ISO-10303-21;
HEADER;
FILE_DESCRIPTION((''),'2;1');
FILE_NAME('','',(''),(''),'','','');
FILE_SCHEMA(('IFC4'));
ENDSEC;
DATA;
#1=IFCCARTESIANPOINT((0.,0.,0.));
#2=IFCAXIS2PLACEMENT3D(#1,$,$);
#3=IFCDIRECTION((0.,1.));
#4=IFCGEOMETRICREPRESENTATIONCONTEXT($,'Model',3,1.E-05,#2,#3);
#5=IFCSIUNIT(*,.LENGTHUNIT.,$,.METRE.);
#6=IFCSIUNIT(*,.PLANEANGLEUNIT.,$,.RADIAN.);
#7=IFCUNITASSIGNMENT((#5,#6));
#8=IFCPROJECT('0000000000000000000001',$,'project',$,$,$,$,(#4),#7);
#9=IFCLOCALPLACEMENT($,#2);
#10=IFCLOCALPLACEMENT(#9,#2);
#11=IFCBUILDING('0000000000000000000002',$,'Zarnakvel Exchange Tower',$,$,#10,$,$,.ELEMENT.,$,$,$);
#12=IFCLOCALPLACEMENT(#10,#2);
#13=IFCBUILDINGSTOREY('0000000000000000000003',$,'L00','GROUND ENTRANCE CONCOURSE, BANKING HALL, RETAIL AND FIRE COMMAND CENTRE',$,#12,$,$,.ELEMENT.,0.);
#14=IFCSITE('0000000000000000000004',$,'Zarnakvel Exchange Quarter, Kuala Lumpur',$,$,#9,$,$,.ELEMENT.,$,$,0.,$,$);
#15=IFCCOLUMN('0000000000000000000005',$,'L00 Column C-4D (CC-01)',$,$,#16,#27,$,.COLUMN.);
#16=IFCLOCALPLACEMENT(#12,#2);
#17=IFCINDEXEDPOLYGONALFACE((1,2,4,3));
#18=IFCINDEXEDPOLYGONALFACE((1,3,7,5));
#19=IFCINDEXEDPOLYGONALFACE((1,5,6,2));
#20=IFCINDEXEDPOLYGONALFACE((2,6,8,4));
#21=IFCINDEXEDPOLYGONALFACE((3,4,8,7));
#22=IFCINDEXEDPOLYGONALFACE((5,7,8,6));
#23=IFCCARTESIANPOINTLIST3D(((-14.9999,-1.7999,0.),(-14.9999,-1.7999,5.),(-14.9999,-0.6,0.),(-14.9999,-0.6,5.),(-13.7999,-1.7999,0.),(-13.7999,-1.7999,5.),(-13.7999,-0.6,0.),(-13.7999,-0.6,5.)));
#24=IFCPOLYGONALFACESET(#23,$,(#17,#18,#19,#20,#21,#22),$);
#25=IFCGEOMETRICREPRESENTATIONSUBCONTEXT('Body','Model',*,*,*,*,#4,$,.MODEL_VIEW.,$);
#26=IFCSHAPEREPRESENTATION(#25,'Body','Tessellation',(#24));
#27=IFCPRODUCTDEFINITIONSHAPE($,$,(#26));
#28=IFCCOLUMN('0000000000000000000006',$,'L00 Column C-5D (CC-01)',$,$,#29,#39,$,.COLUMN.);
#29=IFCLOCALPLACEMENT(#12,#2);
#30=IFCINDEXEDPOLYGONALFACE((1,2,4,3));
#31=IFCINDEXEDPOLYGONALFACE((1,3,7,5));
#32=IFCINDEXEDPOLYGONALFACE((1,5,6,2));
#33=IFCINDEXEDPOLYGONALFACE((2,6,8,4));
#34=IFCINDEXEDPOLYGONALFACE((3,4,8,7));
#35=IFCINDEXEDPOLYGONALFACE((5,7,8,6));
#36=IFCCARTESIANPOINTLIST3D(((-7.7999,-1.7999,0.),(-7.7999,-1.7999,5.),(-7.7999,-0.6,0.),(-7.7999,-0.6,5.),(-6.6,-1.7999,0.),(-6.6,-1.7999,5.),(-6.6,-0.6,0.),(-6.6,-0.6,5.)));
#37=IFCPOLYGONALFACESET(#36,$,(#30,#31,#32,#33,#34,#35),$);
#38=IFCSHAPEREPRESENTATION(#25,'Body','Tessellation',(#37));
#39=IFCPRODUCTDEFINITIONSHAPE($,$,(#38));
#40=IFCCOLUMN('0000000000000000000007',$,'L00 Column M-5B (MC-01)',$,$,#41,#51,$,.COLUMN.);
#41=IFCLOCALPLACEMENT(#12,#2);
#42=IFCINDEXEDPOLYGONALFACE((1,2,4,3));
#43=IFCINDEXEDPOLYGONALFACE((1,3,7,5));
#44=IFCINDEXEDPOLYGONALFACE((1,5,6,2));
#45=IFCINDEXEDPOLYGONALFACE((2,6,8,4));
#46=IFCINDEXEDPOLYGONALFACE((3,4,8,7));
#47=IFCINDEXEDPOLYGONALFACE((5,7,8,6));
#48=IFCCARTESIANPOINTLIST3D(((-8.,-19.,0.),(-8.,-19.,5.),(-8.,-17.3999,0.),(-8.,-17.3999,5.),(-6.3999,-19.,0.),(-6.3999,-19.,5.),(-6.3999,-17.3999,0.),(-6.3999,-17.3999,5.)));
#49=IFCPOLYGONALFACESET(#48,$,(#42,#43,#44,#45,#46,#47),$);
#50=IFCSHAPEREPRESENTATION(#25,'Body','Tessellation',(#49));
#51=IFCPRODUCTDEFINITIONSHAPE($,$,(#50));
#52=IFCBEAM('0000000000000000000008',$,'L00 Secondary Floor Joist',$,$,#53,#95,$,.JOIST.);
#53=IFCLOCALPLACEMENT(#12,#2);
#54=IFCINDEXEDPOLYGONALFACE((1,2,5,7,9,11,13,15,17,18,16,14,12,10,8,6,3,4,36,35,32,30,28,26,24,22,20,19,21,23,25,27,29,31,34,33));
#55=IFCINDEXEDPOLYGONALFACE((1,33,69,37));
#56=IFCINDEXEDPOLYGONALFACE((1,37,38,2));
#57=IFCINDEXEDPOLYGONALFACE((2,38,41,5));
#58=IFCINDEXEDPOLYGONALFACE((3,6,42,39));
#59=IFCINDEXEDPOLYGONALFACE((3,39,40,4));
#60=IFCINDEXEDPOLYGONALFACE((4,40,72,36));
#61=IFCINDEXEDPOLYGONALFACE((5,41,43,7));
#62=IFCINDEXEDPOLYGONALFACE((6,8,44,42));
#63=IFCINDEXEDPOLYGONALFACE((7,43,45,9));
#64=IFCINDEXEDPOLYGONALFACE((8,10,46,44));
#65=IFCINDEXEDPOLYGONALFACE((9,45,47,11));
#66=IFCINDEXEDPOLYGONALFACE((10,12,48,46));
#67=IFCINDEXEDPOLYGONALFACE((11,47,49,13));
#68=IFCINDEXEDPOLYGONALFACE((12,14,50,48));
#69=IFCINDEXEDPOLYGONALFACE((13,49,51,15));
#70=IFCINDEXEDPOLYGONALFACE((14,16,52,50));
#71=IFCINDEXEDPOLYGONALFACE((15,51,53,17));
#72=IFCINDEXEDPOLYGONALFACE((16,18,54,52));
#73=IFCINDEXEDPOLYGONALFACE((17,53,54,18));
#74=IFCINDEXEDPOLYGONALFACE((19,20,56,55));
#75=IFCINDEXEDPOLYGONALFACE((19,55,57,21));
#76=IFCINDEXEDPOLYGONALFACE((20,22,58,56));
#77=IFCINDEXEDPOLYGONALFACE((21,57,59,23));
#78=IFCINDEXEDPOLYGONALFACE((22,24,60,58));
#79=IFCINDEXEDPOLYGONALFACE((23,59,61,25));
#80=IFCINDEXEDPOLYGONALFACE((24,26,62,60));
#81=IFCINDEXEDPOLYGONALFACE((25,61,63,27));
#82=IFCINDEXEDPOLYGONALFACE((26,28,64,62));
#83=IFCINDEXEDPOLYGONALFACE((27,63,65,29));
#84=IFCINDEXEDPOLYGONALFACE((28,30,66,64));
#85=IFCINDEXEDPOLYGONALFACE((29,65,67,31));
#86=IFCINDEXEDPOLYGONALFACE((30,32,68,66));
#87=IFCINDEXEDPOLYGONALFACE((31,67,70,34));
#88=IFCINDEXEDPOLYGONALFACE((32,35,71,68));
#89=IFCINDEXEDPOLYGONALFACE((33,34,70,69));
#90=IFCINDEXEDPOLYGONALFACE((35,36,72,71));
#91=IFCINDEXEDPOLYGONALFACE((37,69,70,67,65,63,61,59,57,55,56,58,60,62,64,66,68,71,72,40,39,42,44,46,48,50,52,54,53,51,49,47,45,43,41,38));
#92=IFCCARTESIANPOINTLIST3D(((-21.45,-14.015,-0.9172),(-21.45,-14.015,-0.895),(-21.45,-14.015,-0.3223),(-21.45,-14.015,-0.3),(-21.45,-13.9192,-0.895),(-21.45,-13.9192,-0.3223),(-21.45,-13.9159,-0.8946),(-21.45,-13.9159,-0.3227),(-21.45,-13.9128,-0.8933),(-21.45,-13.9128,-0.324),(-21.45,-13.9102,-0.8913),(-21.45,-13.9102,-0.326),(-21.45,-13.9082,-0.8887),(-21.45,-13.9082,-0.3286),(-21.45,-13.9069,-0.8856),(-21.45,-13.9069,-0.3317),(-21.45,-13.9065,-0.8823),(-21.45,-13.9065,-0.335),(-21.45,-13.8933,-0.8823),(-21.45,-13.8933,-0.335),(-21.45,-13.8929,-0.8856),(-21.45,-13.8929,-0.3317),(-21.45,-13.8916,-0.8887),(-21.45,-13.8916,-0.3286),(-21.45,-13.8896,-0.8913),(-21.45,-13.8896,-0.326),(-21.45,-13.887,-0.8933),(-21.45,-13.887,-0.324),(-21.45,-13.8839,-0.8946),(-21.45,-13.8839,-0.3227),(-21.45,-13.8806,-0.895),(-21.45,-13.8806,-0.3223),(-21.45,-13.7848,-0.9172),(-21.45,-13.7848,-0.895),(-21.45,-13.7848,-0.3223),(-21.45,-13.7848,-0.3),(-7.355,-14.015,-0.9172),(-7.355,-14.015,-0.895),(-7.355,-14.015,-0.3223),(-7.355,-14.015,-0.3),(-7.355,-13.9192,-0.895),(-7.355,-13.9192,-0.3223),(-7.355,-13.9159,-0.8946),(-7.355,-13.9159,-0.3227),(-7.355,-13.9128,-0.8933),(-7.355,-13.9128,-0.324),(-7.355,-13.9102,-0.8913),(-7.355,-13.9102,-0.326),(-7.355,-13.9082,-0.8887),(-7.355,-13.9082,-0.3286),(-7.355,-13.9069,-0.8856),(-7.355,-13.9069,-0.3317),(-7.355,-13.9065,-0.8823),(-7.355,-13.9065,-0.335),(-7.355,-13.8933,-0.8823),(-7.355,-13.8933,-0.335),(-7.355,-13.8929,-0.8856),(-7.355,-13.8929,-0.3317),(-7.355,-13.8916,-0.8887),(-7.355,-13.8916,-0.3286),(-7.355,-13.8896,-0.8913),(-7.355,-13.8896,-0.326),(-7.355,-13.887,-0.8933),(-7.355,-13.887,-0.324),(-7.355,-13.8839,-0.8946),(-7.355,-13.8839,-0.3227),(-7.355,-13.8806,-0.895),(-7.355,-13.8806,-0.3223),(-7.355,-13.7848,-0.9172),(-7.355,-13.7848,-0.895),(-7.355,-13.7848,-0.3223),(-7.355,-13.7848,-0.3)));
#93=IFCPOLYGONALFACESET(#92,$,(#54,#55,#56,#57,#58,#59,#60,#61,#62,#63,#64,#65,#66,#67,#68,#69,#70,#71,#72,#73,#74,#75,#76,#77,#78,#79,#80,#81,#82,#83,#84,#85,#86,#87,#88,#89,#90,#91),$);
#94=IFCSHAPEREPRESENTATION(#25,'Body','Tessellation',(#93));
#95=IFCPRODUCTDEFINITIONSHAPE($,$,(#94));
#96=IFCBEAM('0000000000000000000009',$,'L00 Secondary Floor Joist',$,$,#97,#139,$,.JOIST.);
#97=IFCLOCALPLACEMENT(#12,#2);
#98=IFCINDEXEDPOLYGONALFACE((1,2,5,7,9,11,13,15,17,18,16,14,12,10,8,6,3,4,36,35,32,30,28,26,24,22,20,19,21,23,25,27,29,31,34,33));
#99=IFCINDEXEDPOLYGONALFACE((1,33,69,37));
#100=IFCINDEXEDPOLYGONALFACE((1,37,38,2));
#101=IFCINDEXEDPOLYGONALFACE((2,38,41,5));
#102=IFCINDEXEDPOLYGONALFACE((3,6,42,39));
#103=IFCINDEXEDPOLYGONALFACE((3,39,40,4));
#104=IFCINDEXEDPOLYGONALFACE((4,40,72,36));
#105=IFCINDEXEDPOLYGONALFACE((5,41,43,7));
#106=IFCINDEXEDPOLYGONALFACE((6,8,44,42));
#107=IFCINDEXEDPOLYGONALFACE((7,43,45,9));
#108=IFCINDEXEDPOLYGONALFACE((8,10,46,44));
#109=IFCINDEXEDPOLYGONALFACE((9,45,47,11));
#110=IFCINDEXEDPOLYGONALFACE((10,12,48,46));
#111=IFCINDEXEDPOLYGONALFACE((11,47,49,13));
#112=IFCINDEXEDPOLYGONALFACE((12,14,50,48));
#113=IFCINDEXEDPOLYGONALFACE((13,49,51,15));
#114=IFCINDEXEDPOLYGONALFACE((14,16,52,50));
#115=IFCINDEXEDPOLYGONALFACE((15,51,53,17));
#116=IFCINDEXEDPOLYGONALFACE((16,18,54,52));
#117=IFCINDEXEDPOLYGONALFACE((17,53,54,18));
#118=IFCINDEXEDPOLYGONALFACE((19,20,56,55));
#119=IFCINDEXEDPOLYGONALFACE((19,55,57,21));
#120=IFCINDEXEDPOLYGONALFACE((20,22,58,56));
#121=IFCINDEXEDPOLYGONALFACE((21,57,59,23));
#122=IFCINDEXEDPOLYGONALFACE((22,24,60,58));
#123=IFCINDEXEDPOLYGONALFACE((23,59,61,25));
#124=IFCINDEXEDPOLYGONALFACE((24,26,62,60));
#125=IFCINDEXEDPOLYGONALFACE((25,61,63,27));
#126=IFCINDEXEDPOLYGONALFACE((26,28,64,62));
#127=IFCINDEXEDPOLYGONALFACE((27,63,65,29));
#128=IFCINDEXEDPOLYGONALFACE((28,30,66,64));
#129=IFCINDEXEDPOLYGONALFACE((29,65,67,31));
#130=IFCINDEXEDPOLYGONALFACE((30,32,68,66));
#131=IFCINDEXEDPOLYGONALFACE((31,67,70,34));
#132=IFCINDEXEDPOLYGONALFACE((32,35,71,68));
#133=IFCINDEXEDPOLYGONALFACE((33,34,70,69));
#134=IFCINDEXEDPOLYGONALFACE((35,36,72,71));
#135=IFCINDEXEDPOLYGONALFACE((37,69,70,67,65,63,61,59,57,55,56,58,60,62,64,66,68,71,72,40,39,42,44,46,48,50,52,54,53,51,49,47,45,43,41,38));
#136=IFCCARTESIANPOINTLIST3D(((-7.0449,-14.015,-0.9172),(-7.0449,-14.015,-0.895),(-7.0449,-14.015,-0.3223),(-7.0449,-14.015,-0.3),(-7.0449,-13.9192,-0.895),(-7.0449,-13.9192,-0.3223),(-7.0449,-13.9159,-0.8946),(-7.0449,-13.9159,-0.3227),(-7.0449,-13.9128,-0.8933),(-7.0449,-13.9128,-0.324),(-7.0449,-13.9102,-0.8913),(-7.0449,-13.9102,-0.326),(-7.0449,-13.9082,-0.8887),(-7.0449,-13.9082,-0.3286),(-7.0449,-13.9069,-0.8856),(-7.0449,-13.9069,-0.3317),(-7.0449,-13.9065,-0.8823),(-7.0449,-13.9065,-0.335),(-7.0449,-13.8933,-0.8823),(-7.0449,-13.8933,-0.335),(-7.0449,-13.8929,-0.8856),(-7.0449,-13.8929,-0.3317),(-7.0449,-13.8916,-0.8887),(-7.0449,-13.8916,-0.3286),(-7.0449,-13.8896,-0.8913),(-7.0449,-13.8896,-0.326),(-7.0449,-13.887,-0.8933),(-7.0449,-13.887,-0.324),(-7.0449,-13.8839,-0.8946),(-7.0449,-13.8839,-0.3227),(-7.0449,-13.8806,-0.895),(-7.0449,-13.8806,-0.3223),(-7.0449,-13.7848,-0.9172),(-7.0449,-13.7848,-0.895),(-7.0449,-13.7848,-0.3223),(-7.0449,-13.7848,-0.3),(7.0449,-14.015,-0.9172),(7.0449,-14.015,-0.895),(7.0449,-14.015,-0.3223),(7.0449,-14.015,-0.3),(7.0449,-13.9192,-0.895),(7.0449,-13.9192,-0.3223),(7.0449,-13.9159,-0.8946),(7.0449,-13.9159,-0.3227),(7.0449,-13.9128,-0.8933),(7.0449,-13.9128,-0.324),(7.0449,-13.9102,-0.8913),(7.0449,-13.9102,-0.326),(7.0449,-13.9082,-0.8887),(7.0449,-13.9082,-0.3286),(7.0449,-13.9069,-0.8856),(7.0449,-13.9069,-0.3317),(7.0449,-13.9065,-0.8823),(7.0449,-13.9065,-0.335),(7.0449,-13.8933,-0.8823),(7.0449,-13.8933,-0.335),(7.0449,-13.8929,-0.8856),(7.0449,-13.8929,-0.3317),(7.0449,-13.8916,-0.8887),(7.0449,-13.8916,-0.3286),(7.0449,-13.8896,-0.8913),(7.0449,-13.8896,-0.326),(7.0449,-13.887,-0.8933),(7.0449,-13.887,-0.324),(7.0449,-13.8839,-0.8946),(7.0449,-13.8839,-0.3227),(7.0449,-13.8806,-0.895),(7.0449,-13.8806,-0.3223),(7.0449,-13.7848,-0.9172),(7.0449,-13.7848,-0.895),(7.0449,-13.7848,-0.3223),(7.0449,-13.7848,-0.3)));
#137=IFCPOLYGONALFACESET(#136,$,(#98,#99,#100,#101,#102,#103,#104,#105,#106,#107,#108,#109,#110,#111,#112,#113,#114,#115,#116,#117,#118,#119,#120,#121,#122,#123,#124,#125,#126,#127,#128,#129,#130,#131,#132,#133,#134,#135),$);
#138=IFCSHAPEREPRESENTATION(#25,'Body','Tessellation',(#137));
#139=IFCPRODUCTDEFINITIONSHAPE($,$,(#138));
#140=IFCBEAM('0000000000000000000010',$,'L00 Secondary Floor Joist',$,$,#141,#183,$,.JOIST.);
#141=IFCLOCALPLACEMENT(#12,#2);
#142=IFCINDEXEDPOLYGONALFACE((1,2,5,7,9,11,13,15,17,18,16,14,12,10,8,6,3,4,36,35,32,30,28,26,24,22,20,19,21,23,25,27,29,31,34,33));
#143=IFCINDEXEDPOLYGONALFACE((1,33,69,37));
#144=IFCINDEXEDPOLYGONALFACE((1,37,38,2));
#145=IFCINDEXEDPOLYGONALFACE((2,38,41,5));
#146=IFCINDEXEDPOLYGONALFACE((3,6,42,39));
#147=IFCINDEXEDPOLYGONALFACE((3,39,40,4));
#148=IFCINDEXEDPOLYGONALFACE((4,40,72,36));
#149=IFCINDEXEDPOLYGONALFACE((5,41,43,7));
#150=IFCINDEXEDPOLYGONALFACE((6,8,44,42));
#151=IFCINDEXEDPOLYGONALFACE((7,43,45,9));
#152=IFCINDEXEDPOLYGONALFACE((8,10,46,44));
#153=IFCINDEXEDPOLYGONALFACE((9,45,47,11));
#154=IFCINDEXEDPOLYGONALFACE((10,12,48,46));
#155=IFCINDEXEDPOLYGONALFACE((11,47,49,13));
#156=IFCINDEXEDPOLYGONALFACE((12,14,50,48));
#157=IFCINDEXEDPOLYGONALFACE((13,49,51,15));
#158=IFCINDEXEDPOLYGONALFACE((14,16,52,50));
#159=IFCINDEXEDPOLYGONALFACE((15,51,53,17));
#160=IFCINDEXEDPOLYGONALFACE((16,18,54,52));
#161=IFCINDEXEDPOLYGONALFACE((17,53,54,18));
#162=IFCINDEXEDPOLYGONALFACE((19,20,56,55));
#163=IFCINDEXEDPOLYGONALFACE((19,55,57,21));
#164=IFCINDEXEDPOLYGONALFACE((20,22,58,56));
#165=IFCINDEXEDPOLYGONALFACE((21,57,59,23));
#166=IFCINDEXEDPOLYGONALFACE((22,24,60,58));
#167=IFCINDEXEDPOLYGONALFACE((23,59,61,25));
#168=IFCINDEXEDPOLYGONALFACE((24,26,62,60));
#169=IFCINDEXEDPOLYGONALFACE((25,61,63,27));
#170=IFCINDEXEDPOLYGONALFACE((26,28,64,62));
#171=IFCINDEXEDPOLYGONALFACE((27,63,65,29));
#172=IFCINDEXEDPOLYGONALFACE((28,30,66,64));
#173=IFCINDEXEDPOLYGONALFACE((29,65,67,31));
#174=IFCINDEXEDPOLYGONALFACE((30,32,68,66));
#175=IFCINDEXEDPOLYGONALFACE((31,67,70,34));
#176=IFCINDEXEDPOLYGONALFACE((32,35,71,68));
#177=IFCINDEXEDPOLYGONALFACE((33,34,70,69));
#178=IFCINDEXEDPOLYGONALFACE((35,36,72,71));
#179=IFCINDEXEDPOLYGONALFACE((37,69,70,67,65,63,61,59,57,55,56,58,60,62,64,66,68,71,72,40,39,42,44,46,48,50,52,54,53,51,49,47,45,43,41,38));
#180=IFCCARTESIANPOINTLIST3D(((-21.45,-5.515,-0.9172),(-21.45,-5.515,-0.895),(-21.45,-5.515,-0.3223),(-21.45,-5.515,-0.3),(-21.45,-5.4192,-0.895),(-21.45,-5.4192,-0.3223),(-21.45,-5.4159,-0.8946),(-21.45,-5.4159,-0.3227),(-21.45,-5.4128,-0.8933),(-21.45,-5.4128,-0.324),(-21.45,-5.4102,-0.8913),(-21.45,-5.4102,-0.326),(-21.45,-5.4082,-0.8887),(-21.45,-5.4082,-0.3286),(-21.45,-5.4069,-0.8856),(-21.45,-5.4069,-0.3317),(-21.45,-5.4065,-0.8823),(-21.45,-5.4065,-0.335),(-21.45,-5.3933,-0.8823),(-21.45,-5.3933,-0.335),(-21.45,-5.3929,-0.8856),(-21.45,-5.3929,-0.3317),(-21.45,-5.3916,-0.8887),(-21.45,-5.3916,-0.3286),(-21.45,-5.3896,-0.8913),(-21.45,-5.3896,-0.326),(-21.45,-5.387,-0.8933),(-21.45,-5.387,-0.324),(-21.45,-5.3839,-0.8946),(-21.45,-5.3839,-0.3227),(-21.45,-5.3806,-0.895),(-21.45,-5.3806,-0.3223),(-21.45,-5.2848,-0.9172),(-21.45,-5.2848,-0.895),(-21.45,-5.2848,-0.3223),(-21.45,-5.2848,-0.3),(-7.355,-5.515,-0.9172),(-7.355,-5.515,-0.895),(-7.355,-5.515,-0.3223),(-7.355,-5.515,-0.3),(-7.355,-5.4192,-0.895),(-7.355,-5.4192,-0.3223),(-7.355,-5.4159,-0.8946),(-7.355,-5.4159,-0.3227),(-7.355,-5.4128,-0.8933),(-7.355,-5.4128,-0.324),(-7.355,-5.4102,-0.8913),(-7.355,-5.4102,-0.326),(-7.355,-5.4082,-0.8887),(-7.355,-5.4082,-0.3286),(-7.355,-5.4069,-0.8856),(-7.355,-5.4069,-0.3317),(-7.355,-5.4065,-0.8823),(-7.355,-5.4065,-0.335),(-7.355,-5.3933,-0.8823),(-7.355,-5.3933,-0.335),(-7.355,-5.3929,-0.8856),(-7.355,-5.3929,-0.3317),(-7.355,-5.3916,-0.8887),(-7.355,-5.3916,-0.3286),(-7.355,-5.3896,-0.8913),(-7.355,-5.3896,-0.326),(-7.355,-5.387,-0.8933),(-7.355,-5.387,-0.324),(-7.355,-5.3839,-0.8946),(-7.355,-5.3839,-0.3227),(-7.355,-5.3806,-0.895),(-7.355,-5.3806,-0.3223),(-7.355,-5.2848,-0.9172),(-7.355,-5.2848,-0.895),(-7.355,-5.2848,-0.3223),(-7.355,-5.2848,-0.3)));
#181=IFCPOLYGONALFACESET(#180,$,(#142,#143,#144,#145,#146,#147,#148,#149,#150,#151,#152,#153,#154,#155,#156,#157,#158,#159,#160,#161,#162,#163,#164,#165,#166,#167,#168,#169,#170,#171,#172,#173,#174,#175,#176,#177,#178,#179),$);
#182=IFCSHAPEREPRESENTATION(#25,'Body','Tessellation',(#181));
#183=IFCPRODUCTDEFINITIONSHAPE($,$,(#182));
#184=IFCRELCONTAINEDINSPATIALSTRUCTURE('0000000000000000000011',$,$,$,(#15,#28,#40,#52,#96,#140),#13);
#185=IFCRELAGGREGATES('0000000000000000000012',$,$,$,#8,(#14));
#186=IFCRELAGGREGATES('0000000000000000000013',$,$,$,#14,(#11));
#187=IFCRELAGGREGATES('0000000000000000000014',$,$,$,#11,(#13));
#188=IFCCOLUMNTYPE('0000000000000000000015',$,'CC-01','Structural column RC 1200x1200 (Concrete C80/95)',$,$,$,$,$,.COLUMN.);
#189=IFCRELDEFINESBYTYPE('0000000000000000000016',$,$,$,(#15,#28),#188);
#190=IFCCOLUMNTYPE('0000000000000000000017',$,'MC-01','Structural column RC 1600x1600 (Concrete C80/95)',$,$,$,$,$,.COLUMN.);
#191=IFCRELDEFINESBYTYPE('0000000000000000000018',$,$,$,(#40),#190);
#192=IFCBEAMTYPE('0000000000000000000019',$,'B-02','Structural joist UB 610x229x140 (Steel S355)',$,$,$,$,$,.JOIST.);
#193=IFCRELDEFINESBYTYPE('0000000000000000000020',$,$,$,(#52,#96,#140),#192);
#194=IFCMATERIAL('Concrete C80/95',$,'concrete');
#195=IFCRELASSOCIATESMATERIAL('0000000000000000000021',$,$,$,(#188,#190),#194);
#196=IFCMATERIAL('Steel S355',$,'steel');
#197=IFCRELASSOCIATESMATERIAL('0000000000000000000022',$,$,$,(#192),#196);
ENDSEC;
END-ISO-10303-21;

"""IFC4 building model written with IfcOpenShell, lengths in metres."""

from ifc_helpers import new_model, si_unit, direction, frame, origin, origin_2d, place, context, subcontext, project, spatial, rectangle, i_section, extrude, material, material_profile, profile_set, type_object, element, save


model = new_model("IFC4")

# Units and contexts
model_context = context("Model", 3, precision=1e-05, world=origin(), true_north=direction((0.0, 1.0)))
body_context = subcontext(model_context, "Body", "Model", "MODEL_VIEW")
ifc_project = project(units=[si_unit("LENGTHUNIT", "METRE"), si_unit("PLANEANGLEUNIT", "RADIAN")], contexts=[model_context])

# Site, building, storey
site_placement = place(None, origin())
site = spatial("IfcSite", under=ifc_project, at=site_placement, Name="Zarnakvel Exchange Quarter, Kuala Lumpur", CompositionType="ELEMENT", RefElevation=0.0)
building_placement = place(site_placement, origin())
building = spatial("IfcBuilding", under=site, at=building_placement, Name="Zarnakvel Exchange Tower", CompositionType="ELEMENT")
storey_placement = place(building_placement, origin())
storey = spatial("IfcBuildingStorey", under=building, at=storey_placement, Name="L00", Description="GROUND ENTRANCE CONCOURSE, BANKING HALL, RETAIL AND FIRE COMMAND CENTRE", CompositionType="ELEMENT", Elevation=0.0)

# Columns
ifc_material_1 = material(Name="Concrete C80/95", Category="concrete")
ifc_material_profile_1 = material_profile(ifc_material_1, rectangle(XDim=1.2, YDim=1.2, at=origin_2d()))
ifc_profile_set_1 = profile_set([ifc_material_profile_1], Name="Concrete C80/95")
column_type_1 = type_object("IfcColumnType", Name="CC-01", Description="Structural column RC 1200x1200 (Concrete C80/95)", PredefinedType="COLUMN", material=ifc_profile_set_1)
for number, where, z_axis, x_axis, name in (
    (1, (-14.3999, -1.2, 0.0), (0.0, 0.0, 1.0), (1.0, 0.0, 0.0), "L00 Column C-4D (CC-01)"),
    (2, (-7.2, -1.2, 0.0), (0.0, 0.0, 1.0), (1.0, 0.0, 0.0), "L00 Column C-5D (CC-01)"),
):
    element("IfcColumn", number, at=place(storey_placement, frame(where, z_axis=z_axis, x_axis=x_axis)), inside=storey, type_object=column_type_1, Name=name, PredefinedType="COLUMN", context=body_context, shape_type="SweptSolid", body=[
        extrude(rectangle(XDim=1.2, YDim=1.2, at=origin_2d()), origin(), (0.0, 0.0, 1.0), 5.0),
    ])
ifc_material_profile_2 = material_profile(ifc_material_1, rectangle(XDim=1.6001, YDim=1.6001, at=origin_2d()))
ifc_profile_set_2 = profile_set([ifc_material_profile_2], Name="Concrete C80/95")
column_type_2 = type_object("IfcColumnType", Name="MC-01", Description="Structural column RC 1600x1600 (Concrete C80/95)", PredefinedType="COLUMN", material=ifc_profile_set_2)
column_placement = place(storey_placement, frame((-7.2, -18.2, 0.0), z_axis=(0.0, 0.0, 1.0), x_axis=(1.0, 0.0, 0.0)))
element("IfcColumn", 3, at=column_placement, inside=storey, type_object=column_type_2, Name="L00 Column M-5B (MC-01)", PredefinedType="COLUMN", context=body_context, shape_type="SweptSolid", body=[
    extrude(rectangle(XDim=1.6001, YDim=1.6001, at=origin_2d()), origin(), (0.0, 0.0, 1.0), 5.0),
])

# Beams
ifc_material_2 = material(Name="Steel S355", Category="steel")
ifc_material_profile_3 = material_profile(ifc_material_2, i_section(OverallWidth=0.2302, OverallDepth=0.6172, WebThickness=0.0132, FlangeThickness=0.0222, FilletRadius=0.0127, at=origin_2d()))
ifc_profile_set_3 = profile_set([ifc_material_profile_3], Name="Steel S355")
beam_type_1 = type_object("IfcBeamType", Name="B-02", Description="Structural joist UB 610x229x140 (Steel S355)", PredefinedType="JOIST", material=ifc_profile_set_3)
beam_1_placement = place(storey_placement, frame((-21.45, -13.8999, -0.6086), z_axis=(1.0, 0.0, 0.0), x_axis=(0.0, 1.0, 0.0)))
element("IfcBeam", 4, at=beam_1_placement, inside=storey, type_object=beam_type_1, Name="L00 Secondary Floor Joist", PredefinedType="JOIST", context=body_context, shape_type="SweptSolid", body=[
    extrude(i_section(OverallWidth=0.2302, OverallDepth=0.6172, WebThickness=0.0132, FlangeThickness=0.0222, FilletRadius=0.0127, at=origin_2d()), origin(), (0.0, 0.0, 1.0), 14.095),
])
beam_2_placement = place(storey_placement, frame((-7.0449, -13.8999, -0.6086), z_axis=(1.0, 0.0, 0.0), x_axis=(0.0, 1.0, 0.0)))
element("IfcBeam", 5, at=beam_2_placement, inside=storey, type_object=beam_type_1, Name="L00 Secondary Floor Joist", PredefinedType="JOIST", context=body_context, shape_type="SweptSolid", body=[
    extrude(i_section(OverallWidth=0.2302, OverallDepth=0.6172, WebThickness=0.0132, FlangeThickness=0.0222, FilletRadius=0.0127, at=origin_2d()), origin(), (0.0, 0.0, 1.0), 14.0898),
])
beam_3_placement = place(storey_placement, frame((-21.45, -5.3999, -0.6086), z_axis=(1.0, 0.0, 0.0), x_axis=(0.0, 1.0, 0.0)))
element("IfcBeam", 6, at=beam_3_placement, inside=storey, type_object=beam_type_1, Name="L00 Secondary Floor Joist", PredefinedType="JOIST", context=body_context, shape_type="SweptSolid", body=[
    extrude(i_section(OverallWidth=0.2302, OverallDepth=0.6172, WebThickness=0.0132, FlangeThickness=0.0222, FilletRadius=0.0127, at=origin_2d()), origin(), (0.0, 0.0, 1.0), 14.095),
])

save(model, "model.ifc")
